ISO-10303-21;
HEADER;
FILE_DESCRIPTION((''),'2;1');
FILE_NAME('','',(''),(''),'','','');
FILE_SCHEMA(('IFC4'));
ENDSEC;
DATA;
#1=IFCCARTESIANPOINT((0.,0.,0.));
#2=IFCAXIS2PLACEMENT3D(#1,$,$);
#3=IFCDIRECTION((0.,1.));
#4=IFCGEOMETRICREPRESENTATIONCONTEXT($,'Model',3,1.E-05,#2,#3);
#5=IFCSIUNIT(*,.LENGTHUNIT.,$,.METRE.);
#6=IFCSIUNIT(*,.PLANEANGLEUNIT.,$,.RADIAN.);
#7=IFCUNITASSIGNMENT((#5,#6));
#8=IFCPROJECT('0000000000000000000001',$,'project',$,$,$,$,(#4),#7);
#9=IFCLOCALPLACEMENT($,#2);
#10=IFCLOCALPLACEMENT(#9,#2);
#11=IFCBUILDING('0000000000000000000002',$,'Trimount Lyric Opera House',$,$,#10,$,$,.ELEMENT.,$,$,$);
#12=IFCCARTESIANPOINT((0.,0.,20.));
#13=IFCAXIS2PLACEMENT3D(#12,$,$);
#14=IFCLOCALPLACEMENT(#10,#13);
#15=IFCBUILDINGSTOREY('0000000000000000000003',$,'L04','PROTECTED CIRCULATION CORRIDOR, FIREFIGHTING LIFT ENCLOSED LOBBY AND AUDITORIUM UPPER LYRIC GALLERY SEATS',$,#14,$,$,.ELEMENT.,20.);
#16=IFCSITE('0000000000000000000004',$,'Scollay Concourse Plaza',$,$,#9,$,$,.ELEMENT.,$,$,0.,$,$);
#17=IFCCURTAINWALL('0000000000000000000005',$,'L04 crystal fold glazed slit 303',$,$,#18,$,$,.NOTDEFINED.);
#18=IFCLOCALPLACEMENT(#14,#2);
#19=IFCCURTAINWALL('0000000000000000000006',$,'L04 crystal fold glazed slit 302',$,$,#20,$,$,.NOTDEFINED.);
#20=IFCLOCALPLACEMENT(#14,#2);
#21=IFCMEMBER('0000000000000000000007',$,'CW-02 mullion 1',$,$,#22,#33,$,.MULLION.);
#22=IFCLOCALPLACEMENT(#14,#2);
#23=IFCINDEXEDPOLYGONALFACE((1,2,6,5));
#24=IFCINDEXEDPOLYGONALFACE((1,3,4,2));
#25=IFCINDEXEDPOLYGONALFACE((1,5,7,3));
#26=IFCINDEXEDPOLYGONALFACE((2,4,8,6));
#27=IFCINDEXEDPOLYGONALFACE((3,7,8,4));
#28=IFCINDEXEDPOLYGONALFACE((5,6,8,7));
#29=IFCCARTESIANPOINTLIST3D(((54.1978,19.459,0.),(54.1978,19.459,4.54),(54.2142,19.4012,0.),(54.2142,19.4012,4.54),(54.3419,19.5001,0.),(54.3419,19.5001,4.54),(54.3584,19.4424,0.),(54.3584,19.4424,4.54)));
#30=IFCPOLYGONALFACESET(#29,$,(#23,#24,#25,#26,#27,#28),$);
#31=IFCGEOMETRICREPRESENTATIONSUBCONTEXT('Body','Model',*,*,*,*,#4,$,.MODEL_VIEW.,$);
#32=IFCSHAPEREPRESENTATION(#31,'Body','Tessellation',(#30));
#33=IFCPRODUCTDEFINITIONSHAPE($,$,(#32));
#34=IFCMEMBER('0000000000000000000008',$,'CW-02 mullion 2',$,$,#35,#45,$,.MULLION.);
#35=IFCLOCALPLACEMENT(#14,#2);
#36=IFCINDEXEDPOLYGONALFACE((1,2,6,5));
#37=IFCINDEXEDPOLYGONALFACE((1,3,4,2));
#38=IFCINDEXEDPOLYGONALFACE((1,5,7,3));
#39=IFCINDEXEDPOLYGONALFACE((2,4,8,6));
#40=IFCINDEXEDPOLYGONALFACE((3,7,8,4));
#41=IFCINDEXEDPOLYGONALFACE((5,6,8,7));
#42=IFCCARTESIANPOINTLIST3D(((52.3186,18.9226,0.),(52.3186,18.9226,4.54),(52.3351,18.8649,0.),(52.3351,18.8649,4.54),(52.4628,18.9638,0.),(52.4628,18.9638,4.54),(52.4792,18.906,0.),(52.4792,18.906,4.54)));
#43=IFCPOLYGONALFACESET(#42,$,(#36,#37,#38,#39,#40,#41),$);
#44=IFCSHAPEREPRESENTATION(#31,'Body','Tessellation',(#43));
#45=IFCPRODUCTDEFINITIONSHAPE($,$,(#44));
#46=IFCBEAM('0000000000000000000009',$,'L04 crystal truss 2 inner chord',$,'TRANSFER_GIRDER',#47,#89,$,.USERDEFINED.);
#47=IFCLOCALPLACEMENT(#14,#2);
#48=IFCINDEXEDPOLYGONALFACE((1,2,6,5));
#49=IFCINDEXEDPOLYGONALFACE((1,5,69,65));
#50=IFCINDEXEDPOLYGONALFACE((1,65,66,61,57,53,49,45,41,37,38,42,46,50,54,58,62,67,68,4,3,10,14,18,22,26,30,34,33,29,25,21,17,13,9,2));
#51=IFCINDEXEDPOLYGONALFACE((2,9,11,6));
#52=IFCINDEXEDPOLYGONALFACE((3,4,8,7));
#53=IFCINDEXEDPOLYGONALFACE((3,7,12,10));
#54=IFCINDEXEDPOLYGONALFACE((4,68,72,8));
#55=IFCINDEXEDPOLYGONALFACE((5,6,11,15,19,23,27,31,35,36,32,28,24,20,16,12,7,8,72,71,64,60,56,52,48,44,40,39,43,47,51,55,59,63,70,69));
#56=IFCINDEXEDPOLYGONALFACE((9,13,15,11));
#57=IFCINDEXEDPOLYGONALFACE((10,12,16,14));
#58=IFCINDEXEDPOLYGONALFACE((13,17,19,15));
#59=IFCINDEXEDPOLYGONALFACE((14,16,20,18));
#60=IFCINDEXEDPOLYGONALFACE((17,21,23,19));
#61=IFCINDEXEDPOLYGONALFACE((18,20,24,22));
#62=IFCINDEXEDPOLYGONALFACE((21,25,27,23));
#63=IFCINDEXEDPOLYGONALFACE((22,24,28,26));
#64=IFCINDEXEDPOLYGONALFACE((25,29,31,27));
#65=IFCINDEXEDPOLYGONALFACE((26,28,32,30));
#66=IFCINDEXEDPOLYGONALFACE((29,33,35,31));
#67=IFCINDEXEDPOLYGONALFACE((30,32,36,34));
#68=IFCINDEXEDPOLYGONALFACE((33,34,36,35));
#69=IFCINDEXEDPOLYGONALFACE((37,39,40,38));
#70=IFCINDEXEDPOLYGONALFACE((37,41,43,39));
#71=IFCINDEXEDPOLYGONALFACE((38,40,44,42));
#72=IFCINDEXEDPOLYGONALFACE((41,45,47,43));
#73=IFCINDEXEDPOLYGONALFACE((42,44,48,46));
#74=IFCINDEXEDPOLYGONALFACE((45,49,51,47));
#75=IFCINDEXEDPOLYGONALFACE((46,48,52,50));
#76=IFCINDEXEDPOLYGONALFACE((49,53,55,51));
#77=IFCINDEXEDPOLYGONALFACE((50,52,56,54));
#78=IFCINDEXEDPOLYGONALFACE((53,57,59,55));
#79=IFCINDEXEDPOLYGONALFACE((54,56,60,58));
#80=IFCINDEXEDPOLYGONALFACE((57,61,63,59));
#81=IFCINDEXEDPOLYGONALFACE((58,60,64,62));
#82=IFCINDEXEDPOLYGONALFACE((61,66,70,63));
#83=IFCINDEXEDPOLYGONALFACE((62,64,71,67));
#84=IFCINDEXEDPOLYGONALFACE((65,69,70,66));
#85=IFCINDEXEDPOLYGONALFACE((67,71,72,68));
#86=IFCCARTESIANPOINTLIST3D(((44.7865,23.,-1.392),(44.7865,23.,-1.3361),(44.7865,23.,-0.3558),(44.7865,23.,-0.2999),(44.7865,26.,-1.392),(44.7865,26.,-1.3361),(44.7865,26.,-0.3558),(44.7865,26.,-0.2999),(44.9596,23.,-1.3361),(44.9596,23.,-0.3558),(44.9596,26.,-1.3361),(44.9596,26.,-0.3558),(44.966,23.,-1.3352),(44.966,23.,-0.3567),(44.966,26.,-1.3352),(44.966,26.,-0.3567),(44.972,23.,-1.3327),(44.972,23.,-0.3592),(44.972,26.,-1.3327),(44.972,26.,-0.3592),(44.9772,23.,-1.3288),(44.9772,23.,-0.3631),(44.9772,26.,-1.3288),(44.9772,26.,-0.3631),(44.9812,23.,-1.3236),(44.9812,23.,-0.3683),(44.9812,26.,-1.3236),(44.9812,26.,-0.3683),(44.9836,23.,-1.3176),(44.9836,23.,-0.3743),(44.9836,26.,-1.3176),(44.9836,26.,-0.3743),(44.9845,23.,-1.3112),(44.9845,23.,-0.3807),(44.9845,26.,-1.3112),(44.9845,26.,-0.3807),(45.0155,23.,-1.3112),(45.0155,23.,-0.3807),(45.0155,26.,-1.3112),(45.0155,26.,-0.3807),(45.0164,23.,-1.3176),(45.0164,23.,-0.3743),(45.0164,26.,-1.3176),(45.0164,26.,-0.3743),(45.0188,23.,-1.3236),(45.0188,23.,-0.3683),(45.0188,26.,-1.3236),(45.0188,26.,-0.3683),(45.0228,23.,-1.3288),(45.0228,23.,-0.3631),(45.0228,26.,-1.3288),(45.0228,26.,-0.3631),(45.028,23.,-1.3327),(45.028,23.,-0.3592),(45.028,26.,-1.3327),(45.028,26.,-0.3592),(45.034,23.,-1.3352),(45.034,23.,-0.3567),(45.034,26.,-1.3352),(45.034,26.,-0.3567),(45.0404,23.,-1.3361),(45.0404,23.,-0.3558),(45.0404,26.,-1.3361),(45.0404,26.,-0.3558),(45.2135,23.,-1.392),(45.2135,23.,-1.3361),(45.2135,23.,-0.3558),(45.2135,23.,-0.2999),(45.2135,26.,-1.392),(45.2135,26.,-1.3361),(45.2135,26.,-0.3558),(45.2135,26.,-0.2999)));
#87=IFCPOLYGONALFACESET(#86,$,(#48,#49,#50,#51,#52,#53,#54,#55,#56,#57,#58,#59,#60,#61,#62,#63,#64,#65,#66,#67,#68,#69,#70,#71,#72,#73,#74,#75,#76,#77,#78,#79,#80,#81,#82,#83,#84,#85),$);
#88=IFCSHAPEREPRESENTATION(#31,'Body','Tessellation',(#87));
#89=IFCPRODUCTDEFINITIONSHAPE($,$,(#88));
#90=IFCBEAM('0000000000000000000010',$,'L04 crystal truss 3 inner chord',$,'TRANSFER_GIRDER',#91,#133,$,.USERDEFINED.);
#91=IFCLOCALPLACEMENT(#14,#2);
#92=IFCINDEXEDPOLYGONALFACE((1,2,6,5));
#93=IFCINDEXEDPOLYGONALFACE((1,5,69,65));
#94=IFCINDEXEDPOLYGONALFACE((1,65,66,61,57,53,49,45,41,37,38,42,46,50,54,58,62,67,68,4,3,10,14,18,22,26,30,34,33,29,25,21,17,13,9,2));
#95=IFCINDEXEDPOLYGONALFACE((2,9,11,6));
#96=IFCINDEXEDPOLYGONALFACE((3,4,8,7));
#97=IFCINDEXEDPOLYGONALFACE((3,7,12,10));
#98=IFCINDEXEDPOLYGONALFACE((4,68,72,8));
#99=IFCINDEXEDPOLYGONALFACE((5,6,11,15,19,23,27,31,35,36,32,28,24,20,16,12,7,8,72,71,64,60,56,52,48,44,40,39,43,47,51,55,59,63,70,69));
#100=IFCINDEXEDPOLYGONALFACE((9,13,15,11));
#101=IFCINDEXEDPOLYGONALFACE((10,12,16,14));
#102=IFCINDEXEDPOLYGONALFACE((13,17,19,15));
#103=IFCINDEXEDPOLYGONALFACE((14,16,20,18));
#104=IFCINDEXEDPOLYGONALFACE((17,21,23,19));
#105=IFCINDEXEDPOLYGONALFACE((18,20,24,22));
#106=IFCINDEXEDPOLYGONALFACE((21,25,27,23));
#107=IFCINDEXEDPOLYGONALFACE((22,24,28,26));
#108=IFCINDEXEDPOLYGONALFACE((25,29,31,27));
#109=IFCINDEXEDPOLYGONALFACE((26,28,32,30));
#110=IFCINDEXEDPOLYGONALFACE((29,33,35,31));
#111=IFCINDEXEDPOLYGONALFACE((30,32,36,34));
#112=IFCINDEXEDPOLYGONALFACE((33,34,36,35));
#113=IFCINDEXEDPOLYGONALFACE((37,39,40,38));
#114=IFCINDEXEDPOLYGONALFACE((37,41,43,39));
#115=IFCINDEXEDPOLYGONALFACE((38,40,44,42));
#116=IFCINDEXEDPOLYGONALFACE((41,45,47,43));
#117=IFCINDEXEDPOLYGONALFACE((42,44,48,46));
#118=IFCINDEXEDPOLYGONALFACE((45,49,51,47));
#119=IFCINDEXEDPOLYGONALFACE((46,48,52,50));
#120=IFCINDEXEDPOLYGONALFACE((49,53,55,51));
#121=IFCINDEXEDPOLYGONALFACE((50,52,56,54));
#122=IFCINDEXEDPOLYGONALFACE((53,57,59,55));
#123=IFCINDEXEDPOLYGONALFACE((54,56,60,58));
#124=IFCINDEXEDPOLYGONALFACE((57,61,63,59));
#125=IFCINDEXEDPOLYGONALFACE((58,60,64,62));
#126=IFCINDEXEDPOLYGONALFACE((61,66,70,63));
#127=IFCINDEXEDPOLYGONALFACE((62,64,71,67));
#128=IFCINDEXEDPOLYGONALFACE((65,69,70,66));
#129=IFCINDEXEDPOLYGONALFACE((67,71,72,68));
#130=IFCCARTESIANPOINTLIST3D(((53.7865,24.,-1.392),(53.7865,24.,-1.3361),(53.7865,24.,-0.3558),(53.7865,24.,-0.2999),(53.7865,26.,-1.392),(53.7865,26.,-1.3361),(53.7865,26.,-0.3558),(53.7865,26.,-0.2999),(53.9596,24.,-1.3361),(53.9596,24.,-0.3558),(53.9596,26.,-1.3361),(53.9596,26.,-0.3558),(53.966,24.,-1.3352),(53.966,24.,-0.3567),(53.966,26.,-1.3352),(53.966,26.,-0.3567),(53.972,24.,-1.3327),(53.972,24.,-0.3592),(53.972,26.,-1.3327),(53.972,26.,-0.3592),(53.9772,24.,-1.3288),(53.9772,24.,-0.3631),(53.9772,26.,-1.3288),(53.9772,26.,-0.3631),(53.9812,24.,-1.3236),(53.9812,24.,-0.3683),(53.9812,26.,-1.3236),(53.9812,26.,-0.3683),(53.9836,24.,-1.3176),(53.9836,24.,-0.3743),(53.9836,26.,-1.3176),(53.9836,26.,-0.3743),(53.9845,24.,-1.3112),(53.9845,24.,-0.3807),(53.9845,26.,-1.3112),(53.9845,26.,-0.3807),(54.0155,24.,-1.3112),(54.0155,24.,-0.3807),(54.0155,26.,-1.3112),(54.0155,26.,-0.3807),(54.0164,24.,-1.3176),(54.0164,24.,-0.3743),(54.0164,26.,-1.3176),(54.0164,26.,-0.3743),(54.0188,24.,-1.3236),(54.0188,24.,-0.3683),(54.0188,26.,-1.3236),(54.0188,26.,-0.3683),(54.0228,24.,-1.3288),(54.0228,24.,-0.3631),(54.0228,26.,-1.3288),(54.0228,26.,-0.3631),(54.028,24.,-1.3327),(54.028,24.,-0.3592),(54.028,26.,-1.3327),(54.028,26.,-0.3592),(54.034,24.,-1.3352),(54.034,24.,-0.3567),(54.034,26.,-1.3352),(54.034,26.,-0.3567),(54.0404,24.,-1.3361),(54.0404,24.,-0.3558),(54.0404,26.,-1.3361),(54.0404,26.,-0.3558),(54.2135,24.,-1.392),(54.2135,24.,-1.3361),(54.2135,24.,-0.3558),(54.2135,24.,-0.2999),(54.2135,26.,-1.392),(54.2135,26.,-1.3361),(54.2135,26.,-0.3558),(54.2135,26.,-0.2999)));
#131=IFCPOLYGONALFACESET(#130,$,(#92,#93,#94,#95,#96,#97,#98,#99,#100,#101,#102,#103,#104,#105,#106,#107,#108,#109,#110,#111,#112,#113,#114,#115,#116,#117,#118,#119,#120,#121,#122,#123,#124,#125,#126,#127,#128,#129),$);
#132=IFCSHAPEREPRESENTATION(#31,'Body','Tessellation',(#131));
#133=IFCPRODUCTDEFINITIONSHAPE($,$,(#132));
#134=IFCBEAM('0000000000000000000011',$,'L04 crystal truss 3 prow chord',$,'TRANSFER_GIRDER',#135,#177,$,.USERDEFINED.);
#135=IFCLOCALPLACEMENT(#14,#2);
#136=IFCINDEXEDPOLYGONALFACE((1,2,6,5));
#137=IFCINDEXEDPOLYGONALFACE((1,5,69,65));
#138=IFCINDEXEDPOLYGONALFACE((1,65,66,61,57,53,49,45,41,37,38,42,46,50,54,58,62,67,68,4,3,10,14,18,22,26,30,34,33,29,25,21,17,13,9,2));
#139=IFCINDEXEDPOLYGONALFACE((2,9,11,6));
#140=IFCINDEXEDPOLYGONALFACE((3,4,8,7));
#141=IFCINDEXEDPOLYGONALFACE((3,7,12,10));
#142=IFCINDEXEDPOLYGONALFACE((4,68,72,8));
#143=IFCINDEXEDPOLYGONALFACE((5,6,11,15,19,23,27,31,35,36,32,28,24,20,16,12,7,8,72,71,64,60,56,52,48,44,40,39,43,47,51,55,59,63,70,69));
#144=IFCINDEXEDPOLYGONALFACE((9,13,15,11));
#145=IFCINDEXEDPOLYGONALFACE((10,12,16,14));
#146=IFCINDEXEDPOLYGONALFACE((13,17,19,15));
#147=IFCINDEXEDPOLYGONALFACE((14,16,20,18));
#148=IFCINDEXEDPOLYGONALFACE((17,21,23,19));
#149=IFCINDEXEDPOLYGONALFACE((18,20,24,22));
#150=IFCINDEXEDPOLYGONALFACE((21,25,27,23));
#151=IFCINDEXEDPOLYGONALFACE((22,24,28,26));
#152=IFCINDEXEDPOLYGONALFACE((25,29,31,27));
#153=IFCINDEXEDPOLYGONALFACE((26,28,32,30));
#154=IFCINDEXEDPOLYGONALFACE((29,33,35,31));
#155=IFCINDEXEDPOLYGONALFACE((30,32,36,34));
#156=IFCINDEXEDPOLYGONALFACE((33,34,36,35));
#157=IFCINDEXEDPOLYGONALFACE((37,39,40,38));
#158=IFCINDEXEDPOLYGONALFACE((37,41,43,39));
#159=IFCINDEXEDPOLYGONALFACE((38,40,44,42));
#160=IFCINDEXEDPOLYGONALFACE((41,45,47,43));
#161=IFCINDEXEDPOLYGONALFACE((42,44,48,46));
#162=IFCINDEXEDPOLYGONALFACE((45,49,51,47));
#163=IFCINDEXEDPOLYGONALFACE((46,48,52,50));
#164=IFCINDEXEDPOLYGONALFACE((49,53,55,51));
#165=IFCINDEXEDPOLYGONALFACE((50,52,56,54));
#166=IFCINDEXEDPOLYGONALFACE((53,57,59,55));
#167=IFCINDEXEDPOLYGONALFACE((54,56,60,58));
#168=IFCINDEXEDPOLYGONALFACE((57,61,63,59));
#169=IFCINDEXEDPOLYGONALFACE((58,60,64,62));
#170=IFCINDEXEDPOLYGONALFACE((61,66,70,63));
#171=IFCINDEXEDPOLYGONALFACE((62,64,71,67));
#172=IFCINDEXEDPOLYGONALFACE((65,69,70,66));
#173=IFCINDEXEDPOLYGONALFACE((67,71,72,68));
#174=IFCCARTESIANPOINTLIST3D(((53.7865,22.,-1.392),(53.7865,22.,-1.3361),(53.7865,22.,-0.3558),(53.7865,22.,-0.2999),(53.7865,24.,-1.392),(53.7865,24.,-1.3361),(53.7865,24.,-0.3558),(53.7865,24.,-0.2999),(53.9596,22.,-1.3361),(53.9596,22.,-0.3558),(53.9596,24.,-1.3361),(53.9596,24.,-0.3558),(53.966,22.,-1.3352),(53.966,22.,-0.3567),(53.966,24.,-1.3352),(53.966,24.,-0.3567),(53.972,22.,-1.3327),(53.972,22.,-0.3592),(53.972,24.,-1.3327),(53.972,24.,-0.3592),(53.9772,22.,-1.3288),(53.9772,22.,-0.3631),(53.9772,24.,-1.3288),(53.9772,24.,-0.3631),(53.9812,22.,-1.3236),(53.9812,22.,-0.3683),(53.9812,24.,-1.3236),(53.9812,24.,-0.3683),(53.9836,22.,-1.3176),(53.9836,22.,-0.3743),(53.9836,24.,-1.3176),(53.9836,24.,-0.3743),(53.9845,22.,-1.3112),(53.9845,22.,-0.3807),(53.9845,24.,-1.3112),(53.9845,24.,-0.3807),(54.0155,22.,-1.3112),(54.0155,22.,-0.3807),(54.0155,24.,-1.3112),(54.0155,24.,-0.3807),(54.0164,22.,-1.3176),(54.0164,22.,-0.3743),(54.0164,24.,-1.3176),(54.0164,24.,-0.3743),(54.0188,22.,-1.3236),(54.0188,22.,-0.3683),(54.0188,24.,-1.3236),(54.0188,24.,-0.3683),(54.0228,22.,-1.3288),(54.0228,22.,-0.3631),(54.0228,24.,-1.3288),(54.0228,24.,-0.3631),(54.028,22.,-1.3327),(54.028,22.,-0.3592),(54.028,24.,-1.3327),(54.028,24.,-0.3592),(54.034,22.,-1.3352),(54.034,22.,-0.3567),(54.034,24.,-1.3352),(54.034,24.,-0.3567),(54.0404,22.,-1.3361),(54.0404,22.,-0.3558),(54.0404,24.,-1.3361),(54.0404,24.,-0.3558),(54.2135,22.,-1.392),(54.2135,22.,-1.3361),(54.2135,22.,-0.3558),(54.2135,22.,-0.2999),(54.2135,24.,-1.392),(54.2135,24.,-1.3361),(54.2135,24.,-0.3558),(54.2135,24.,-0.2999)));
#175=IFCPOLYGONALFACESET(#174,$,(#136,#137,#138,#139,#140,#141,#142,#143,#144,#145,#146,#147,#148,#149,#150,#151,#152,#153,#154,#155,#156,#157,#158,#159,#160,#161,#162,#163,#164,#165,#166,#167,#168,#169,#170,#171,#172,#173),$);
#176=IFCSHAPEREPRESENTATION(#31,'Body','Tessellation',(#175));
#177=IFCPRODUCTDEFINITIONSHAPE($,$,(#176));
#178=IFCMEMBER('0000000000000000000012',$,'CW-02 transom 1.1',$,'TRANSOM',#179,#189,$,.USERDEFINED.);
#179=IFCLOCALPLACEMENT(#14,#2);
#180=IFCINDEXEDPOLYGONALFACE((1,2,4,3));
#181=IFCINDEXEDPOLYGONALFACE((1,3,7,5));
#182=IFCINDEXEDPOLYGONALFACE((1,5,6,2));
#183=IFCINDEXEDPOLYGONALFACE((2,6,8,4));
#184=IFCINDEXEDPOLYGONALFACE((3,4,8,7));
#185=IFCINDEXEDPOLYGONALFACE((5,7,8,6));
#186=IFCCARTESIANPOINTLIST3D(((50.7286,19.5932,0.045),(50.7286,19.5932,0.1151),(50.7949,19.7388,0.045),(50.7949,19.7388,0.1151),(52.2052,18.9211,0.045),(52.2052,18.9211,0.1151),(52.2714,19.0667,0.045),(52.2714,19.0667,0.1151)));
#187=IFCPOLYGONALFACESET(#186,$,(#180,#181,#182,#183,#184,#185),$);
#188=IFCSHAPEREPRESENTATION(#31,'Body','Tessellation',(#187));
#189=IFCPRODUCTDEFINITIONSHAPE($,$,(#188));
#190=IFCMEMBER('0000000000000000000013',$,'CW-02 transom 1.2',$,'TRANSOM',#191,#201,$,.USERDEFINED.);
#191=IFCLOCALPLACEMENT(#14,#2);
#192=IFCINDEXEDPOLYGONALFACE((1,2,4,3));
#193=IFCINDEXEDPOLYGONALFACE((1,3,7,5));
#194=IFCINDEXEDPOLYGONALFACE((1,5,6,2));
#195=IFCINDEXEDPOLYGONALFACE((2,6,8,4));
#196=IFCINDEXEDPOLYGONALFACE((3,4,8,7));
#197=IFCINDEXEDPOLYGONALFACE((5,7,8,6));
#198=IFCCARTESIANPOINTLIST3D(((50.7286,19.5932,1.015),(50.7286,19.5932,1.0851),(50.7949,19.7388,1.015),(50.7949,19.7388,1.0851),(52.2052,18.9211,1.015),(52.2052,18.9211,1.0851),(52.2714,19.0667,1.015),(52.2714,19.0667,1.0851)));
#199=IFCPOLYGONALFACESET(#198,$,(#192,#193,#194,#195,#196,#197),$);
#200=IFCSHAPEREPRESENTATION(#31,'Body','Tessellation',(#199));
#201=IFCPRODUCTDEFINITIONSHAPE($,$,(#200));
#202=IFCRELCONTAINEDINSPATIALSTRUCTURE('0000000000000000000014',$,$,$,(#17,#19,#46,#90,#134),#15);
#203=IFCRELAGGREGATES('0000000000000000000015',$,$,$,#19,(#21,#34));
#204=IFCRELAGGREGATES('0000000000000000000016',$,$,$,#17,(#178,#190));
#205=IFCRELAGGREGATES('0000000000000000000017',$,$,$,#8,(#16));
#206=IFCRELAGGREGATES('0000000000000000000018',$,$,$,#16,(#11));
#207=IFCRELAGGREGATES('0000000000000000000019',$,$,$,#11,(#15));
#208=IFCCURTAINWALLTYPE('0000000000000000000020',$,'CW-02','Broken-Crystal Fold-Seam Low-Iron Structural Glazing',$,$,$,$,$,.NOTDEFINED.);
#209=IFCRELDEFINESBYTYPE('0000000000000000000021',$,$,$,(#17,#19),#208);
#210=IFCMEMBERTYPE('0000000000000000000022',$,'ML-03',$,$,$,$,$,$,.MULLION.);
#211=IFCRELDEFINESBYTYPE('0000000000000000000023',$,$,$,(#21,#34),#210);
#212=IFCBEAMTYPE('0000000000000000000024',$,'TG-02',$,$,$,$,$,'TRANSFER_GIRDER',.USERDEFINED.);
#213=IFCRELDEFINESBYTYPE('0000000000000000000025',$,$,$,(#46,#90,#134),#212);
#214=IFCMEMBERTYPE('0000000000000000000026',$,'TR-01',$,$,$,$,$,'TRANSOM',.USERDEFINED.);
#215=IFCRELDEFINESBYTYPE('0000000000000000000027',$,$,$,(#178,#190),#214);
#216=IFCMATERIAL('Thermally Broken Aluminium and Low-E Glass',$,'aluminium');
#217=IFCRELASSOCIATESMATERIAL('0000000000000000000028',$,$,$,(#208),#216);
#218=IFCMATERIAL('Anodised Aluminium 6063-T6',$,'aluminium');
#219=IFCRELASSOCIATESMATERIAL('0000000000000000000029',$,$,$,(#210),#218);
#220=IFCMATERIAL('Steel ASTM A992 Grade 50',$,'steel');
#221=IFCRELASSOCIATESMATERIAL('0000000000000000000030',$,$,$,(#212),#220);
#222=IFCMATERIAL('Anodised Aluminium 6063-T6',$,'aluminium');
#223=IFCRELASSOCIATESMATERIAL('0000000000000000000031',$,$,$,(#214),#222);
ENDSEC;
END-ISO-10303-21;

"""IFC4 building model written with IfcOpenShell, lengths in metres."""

from ifc_helpers import new_model, si_unit, direction, frame, origin, origin_2d, place, context, subcontext, project, spatial, rectangle, i_section, extrude, material, material_profile, profile_set, type_object, element, aggregate, save


model = new_model("IFC4")

# Units and contexts
model_context = context("Model", 3, precision=1e-05, world=origin(), true_north=direction((0.0, 1.0)))
body_context = subcontext(model_context, "Body", "Model", "MODEL_VIEW")
ifc_project = project(units=[si_unit("LENGTHUNIT", "METRE"), si_unit("PLANEANGLEUNIT", "RADIAN")], contexts=[model_context])

# Site, building, storey
site_placement = place(None, origin())
site = spatial("IfcSite", under=ifc_project, at=site_placement, Name="Scollay Concourse Plaza", CompositionType="ELEMENT", RefElevation=0.0)
building_placement = place(site_placement, origin())
building = spatial("IfcBuilding", under=site, at=building_placement, Name="Trimount Lyric Opera House", CompositionType="ELEMENT")
storey_placement = place(building_placement, frame((0.0, 0.0, 20.0)))
storey = spatial("IfcBuildingStorey", under=building, at=storey_placement, Name="L04", Description="PROTECTED CIRCULATION CORRIDOR, FIREFIGHTING LIFT ENCLOSED LOBBY AND AUDITORIUM UPPER LYRIC GALLERY SEATS", CompositionType="ELEMENT", Elevation=20.0)

# Curtain wall
ifc_material_1 = material(Name="Thermally Broken Aluminium and Low-E Glass", Category="aluminium")
curtain_wall_type = type_object("IfcCurtainWallType", Name="CW-02", Description="Broken-Crystal Fold-Seam Low-Iron Structural Glazing", PredefinedType="NOTDEFINED", material=ifc_material_1)
curtain_wall_1_placement = place(storey_placement, origin())
curtain_wall_1 = element("IfcCurtainWall", 1, at=curtain_wall_1_placement, inside=storey, type_object=curtain_wall_type, Name="L04 crystal fold glazed slit 303", PredefinedType="NOTDEFINED")

# Curtain wall, members
curtain_wall_2_placement = place(storey_placement, origin())
curtain_wall_2 = element("IfcCurtainWall", 2, at=curtain_wall_2_placement, inside=storey, type_object=curtain_wall_type, Name="L04 crystal fold glazed slit 302", PredefinedType="NOTDEFINED")
ifc_material_2 = material(Name="Anodised Aluminium 6063-T6", Category="aluminium")
ifc_material_profile_1 = material_profile(ifc_material_2, rectangle(XDim=0.0601, YDim=0.1499, at=origin_2d()), Name="ALU-MULL-60X150")
ifc_profile_set_1 = profile_set([ifc_material_profile_1], Name="Anodised Aluminium 6063-T6")
member_type_1 = type_object("IfcMemberType", Name="ML-03", PredefinedType="MULLION", material=ifc_profile_set_1)
member_1_placement = place(storey_placement, frame((54.2781, 19.4507, 0.0), z_axis=(0.0, 0.0, 1.0), x_axis=(0.274524, -0.96158, 0.0)))
member_1 = element("IfcMember", 3, at=member_1_placement, type_object=member_type_1, Name="CW-02 mullion 1", PredefinedType="MULLION", context=body_context, shape_type="SweptSolid", body=[
    extrude(rectangle(XDim=0.0601, YDim=0.1499, at=origin_2d()), origin(), (0.0, 0.0, 1.0), 4.54),
])
member_2_placement = place(storey_placement, frame((52.3989, 18.9143, 0.0), z_axis=(0.0, 0.0, 1.0), x_axis=(0.274524, -0.96158, 0.0)))
member_2 = element("IfcMember", 4, at=member_2_placement, type_object=member_type_1, Name="CW-02 mullion 2", PredefinedType="MULLION", context=body_context, shape_type="SweptSolid", body=[
    extrude(rectangle(XDim=0.0601, YDim=0.1499, at=origin_2d()), origin(), (0.0, 0.0, 1.0), 4.54),
])

# Beams
ifc_material_3 = material(Name="Steel ASTM A992 Grade 50", Category="steel")
ifc_material_profile_2 = material_profile(ifc_material_3, i_section(OverallWidth=0.427, OverallDepth=1.092, WebThickness=0.031, FlangeThickness=0.0559, FilletRadius=0.0249, at=origin_2d()), Name="W40X397")
ifc_profile_set_2 = profile_set([ifc_material_profile_2], Name="Steel ASTM A992 Grade 50")
beam_type_1 = type_object("IfcBeamType", Name="TG-02", ElementType="TRANSFER_GIRDER", PredefinedType="USERDEFINED", material=ifc_profile_set_2)
beam_1_placement = place(storey_placement, frame((45.0, 23.0, -0.8459), z_axis=(0.0, 1.0, 0.0), x_axis=(-1.0, 0.0, 0.0)))
element("IfcBeam", 5, at=beam_1_placement, inside=storey, type_object=beam_type_1, Name="L04 crystal truss 2 inner chord", ObjectType="TRANSFER_GIRDER", PredefinedType="USERDEFINED", context=body_context, shape_type="SweptSolid", body=[
    extrude(i_section(OverallWidth=0.427, OverallDepth=1.092, WebThickness=0.031, FlangeThickness=0.0559, FilletRadius=0.0249, at=origin_2d()), origin(), (0.0, 0.0, 1.0), 3.0),
])
for number, where, z_axis, x_axis, name in (
    (6, (54.0, 24.0, -0.8459), (0.0, 1.0, 0.0), (-1.0, 0.0, 0.0), "L04 crystal truss 3 inner chord"),
    (7, (54.0, 22.0, -0.8459), (0.0, 1.0, 0.0), (-1.0, 0.0, 0.0), "L04 crystal truss 3 prow chord"),
):
    element("IfcBeam", number, at=place(storey_placement, frame(where, z_axis=z_axis, x_axis=x_axis)), inside=storey, type_object=beam_type_1, Name=name, ObjectType="TRANSFER_GIRDER", PredefinedType="USERDEFINED", context=body_context, shape_type="SweptSolid", body=[
        extrude(i_section(OverallWidth=0.427, OverallDepth=1.092, WebThickness=0.031, FlangeThickness=0.0559, FilletRadius=0.0249, at=origin_2d()), origin(), (0.0, 0.0, 1.0), 2.0),
    ])

# Members
ifc_material_4 = material(Name="Anodised Aluminium 6063-T6", Category="aluminium")
ifc_material_profile_3 = material_profile(ifc_material_4, rectangle(XDim=0.1599, YDim=0.0701, at=origin_2d()), Name="ALU-TRAN-70X160")
ifc_profile_set_3 = profile_set([ifc_material_profile_3], Name="Anodised Aluminium 6063-T6")
member_type_2 = type_object("IfcMemberType", Name="TR-01", ElementType="TRANSOM", PredefinedType="USERDEFINED", material=ifc_profile_set_3)
member_3_placement = place(storey_placement, frame((52.2383, 18.9939, 0.0801), z_axis=(-0.910145, 0.41429, 0.0), x_axis=(-0.41429, -0.910145, 0.0)))
member_3 = element("IfcMember", 8, at=member_3_placement, type_object=member_type_2, Name="CW-02 transom 1.1", ObjectType="TRANSOM", PredefinedType="USERDEFINED", context=body_context, shape_type="SweptSolid", body=[
    extrude(rectangle(XDim=0.1599, YDim=0.0701, at=origin_2d()), origin(), (0.0, 0.0, 1.0), 1.6223),
])
member_4_placement = place(storey_placement, frame((52.2383, 18.9939, 1.05), z_axis=(-0.910145, 0.41429, 0.0), x_axis=(-0.41429, -0.910145, 0.0)))
member_4 = element("IfcMember", 9, at=member_4_placement, type_object=member_type_2, Name="CW-02 transom 1.2", ObjectType="TRANSOM", PredefinedType="USERDEFINED", context=body_context, shape_type="SweptSolid", body=[
    extrude(rectangle(XDim=0.1599, YDim=0.0701, at=origin_2d()), origin(), (0.0, 0.0, 1.0), 1.6223),
])

aggregate(curtain_wall_2, [member_1, member_2])
aggregate(curtain_wall_1, [member_3, member_4])

save(model, "model.ifc")
